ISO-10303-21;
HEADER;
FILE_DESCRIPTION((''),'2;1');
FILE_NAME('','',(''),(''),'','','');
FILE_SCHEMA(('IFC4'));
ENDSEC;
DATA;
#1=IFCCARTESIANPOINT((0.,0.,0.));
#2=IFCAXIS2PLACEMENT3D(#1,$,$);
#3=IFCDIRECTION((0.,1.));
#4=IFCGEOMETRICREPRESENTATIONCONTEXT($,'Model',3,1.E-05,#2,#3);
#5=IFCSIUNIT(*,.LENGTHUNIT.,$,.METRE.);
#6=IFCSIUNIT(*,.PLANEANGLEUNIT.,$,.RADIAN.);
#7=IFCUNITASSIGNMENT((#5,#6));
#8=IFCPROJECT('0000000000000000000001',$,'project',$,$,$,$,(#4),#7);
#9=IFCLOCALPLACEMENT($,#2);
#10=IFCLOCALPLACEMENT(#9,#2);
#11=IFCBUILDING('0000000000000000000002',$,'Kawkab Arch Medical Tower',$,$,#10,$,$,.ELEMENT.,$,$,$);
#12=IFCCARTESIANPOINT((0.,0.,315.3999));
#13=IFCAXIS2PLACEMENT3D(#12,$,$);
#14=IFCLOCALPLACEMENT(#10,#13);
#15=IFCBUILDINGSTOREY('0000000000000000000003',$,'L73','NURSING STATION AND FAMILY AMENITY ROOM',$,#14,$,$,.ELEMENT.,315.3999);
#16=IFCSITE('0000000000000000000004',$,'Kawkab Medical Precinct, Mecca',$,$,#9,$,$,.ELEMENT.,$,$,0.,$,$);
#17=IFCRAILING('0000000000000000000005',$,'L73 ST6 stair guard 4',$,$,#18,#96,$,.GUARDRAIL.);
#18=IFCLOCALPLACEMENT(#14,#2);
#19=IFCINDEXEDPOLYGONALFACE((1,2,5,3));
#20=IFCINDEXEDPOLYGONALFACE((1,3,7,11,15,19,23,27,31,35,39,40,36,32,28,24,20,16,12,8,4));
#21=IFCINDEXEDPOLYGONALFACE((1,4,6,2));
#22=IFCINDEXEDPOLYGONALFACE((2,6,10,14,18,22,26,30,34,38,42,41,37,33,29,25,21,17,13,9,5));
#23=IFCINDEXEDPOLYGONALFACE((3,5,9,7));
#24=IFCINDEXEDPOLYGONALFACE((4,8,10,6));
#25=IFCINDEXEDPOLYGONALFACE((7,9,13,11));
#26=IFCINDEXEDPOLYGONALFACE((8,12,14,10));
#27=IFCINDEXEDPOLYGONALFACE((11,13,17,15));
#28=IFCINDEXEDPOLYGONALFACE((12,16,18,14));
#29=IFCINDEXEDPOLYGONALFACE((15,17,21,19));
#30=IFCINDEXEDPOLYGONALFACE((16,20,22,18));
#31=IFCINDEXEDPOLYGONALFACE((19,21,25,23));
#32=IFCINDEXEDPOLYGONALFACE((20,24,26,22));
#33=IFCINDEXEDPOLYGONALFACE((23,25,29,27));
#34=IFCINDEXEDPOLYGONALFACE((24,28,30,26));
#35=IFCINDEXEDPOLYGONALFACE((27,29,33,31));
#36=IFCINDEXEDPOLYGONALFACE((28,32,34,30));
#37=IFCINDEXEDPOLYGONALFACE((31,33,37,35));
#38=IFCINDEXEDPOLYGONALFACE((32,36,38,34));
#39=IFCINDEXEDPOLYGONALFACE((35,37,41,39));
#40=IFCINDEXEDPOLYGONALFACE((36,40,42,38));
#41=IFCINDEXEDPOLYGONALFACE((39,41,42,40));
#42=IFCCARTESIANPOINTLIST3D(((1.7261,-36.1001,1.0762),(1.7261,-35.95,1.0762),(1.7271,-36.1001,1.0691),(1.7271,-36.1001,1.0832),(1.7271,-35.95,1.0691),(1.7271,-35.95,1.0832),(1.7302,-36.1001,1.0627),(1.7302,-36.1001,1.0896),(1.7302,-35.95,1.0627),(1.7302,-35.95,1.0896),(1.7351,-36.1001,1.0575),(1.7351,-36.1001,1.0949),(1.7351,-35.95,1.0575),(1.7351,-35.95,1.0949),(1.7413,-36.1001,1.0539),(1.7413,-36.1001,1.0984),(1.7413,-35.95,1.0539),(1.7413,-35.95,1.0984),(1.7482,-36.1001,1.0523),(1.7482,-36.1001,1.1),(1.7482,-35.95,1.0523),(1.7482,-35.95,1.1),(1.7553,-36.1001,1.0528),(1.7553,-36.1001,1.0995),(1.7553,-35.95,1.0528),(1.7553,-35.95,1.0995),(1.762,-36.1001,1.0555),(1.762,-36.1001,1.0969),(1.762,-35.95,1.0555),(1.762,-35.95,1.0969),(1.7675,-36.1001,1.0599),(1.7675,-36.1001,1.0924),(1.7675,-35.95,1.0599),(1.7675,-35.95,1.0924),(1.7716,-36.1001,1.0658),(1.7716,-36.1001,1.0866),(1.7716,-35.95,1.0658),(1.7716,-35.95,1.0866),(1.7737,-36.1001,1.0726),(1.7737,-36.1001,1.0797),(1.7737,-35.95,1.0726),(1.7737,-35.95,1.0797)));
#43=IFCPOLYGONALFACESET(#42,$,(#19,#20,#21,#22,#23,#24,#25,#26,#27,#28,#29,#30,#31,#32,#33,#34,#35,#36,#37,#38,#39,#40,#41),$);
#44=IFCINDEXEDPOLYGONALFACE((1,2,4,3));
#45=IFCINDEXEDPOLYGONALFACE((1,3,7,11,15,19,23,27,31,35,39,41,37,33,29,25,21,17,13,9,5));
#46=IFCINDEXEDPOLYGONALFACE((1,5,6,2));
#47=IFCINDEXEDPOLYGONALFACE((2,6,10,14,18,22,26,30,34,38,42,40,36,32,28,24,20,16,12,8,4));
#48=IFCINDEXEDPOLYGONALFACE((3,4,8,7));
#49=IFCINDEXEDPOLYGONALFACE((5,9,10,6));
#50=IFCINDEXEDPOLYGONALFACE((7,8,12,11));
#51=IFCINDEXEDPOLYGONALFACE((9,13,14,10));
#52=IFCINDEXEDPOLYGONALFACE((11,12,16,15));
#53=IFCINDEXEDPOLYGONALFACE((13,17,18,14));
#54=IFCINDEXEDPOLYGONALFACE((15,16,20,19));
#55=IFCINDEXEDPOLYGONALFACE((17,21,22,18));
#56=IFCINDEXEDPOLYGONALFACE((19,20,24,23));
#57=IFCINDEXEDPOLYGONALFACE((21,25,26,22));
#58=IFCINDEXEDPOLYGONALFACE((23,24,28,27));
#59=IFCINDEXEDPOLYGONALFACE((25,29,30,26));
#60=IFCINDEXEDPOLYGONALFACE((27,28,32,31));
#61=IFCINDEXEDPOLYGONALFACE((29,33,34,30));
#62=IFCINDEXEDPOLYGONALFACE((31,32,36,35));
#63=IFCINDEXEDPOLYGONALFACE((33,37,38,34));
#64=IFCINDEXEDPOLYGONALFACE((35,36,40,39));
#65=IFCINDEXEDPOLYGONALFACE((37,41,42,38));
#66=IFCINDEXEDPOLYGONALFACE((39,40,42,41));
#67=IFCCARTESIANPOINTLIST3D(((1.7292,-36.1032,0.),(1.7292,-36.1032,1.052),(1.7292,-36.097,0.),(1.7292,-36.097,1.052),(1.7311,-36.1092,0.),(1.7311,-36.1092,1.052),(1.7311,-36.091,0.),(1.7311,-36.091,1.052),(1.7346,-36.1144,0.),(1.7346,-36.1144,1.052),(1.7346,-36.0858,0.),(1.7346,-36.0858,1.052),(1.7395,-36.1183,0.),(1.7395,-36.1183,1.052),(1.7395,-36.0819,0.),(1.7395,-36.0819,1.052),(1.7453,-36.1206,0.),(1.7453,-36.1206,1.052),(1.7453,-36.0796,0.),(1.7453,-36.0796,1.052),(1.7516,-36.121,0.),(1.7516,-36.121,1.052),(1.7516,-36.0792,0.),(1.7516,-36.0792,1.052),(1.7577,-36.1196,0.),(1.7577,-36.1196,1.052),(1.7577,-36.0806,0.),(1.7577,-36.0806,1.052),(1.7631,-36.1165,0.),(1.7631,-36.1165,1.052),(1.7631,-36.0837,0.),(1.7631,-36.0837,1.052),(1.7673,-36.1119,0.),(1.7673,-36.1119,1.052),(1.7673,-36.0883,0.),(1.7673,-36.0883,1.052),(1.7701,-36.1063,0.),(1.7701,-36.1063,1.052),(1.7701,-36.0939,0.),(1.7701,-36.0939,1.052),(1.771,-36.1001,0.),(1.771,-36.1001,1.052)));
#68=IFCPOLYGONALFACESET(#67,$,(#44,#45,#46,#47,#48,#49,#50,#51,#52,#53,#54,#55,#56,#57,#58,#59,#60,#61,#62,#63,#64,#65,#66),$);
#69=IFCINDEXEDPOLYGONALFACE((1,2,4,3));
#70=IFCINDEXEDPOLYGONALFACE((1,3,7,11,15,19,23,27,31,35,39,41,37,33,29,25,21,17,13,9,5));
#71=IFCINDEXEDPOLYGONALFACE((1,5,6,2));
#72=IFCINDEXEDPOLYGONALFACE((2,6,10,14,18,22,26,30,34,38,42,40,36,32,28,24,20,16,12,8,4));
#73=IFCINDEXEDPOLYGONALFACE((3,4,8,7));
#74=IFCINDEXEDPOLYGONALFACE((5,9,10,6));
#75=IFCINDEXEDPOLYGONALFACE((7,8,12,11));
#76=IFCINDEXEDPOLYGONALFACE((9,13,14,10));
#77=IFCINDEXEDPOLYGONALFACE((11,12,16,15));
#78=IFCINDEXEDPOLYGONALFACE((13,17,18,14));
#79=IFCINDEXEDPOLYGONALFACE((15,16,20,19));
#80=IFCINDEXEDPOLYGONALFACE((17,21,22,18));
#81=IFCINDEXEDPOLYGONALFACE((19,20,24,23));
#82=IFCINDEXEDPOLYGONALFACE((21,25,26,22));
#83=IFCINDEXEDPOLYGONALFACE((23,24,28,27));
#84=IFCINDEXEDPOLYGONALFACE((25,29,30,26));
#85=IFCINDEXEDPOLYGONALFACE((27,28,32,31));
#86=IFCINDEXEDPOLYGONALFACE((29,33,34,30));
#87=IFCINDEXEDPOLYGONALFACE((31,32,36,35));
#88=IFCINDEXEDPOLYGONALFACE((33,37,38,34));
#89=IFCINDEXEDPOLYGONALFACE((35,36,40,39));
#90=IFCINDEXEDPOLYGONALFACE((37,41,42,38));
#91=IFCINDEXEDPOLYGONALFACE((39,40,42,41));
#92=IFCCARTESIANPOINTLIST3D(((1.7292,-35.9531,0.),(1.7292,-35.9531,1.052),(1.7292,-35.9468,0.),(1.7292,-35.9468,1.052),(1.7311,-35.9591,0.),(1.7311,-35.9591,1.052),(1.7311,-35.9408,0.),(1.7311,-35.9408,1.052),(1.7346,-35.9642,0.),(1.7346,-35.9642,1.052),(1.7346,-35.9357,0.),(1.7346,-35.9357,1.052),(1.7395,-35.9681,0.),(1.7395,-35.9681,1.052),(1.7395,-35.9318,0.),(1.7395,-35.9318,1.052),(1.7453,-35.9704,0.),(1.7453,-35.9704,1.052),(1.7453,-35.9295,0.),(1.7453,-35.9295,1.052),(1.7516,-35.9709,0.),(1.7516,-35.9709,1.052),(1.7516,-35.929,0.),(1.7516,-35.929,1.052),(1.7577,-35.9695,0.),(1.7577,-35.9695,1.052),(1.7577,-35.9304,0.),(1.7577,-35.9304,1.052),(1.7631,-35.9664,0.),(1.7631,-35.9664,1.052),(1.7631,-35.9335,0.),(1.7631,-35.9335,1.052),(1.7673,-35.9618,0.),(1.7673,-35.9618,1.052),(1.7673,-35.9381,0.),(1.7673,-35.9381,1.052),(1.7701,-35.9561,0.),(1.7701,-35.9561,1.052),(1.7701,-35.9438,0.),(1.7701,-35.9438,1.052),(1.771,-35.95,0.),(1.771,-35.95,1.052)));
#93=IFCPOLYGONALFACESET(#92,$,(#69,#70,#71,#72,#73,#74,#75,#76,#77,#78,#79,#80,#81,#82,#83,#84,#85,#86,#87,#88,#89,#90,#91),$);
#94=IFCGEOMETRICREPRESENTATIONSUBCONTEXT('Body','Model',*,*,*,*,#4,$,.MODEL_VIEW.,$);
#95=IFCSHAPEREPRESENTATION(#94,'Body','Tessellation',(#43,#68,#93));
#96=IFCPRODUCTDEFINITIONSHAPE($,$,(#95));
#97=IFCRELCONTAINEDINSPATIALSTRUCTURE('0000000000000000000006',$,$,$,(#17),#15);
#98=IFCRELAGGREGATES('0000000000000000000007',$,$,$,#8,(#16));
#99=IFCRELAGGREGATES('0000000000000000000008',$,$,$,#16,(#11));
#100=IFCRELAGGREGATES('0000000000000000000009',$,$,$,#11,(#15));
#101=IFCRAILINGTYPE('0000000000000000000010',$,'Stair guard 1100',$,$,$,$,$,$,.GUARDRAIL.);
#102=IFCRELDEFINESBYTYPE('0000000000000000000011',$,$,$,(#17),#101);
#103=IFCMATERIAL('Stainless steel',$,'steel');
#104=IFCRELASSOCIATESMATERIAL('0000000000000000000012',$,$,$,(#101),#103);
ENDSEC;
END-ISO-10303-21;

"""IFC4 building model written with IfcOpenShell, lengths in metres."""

from ifc_helpers import new_model, si_unit, direction, frame, origin, origin_2d, place, context, subcontext, project, spatial, circle, extrude, material, type_object, element, save


model = new_model("IFC4")

# Units and contexts
model_context = context("Model", 3, precision=1e-05, world=origin(), true_north=direction((0.0, 1.0)))
body_context = subcontext(model_context, "Body", "Model", "MODEL_VIEW")
ifc_project = project(units=[si_unit("LENGTHUNIT", "METRE"), si_unit("PLANEANGLEUNIT", "RADIAN")], contexts=[model_context])

# Site, building, storey
site_placement = place(None, origin())
site = spatial("IfcSite", under=ifc_project, at=site_placement, Name="Kawkab Medical Precinct, Mecca", CompositionType="ELEMENT", RefElevation=0.0)
building_placement = place(site_placement, origin())
building = spatial("IfcBuilding", under=site, at=building_placement, Name="Kawkab Arch Medical Tower", CompositionType="ELEMENT")
storey_placement = place(building_placement, frame((0.0, 0.0, 315.3999)))
storey = spatial("IfcBuildingStorey", under=building, at=storey_placement, Name="L73", Description="NURSING STATION AND FAMILY AMENITY ROOM", CompositionType="ELEMENT", Elevation=315.3999)

# Railing
ifc_material_1 = material(Name="Stainless steel", Category="steel")
railing_type_1 = type_object("IfcRailingType", Name="Stair guard 1100", PredefinedType="GUARDRAIL", material=ifc_material_1)
railing_1_placement = place(storey_placement, frame((1.75, -36.1001, 0.0)))
element("IfcRailing", 1, at=railing_1_placement, inside=storey, type_object=railing_type_1, Name="L73 ST6 stair guard 4", PredefinedType="GUARDRAIL", context=body_context, shape_type="SweptSolid", body=[
    extrude(circle(Radius=0.0239, at=origin_2d()), frame((0.0, 0.0, 1.0762), z_axis=(0.0, 1.0, 0.0), x_axis=(-1.0, 0.0, 0.0)), (0.0, 0.0, 1.0), 0.1501),
    extrude(circle(Radius=0.021, at=origin_2d()), origin(), (0.0, 0.0, 1.0), 1.052),
    extrude(circle(Radius=0.021, at=origin_2d()), frame((0.0, 0.1501, 0.0)), (0.0, 0.0, 1.0), 1.052),
])

save(model, "model.ifc")
